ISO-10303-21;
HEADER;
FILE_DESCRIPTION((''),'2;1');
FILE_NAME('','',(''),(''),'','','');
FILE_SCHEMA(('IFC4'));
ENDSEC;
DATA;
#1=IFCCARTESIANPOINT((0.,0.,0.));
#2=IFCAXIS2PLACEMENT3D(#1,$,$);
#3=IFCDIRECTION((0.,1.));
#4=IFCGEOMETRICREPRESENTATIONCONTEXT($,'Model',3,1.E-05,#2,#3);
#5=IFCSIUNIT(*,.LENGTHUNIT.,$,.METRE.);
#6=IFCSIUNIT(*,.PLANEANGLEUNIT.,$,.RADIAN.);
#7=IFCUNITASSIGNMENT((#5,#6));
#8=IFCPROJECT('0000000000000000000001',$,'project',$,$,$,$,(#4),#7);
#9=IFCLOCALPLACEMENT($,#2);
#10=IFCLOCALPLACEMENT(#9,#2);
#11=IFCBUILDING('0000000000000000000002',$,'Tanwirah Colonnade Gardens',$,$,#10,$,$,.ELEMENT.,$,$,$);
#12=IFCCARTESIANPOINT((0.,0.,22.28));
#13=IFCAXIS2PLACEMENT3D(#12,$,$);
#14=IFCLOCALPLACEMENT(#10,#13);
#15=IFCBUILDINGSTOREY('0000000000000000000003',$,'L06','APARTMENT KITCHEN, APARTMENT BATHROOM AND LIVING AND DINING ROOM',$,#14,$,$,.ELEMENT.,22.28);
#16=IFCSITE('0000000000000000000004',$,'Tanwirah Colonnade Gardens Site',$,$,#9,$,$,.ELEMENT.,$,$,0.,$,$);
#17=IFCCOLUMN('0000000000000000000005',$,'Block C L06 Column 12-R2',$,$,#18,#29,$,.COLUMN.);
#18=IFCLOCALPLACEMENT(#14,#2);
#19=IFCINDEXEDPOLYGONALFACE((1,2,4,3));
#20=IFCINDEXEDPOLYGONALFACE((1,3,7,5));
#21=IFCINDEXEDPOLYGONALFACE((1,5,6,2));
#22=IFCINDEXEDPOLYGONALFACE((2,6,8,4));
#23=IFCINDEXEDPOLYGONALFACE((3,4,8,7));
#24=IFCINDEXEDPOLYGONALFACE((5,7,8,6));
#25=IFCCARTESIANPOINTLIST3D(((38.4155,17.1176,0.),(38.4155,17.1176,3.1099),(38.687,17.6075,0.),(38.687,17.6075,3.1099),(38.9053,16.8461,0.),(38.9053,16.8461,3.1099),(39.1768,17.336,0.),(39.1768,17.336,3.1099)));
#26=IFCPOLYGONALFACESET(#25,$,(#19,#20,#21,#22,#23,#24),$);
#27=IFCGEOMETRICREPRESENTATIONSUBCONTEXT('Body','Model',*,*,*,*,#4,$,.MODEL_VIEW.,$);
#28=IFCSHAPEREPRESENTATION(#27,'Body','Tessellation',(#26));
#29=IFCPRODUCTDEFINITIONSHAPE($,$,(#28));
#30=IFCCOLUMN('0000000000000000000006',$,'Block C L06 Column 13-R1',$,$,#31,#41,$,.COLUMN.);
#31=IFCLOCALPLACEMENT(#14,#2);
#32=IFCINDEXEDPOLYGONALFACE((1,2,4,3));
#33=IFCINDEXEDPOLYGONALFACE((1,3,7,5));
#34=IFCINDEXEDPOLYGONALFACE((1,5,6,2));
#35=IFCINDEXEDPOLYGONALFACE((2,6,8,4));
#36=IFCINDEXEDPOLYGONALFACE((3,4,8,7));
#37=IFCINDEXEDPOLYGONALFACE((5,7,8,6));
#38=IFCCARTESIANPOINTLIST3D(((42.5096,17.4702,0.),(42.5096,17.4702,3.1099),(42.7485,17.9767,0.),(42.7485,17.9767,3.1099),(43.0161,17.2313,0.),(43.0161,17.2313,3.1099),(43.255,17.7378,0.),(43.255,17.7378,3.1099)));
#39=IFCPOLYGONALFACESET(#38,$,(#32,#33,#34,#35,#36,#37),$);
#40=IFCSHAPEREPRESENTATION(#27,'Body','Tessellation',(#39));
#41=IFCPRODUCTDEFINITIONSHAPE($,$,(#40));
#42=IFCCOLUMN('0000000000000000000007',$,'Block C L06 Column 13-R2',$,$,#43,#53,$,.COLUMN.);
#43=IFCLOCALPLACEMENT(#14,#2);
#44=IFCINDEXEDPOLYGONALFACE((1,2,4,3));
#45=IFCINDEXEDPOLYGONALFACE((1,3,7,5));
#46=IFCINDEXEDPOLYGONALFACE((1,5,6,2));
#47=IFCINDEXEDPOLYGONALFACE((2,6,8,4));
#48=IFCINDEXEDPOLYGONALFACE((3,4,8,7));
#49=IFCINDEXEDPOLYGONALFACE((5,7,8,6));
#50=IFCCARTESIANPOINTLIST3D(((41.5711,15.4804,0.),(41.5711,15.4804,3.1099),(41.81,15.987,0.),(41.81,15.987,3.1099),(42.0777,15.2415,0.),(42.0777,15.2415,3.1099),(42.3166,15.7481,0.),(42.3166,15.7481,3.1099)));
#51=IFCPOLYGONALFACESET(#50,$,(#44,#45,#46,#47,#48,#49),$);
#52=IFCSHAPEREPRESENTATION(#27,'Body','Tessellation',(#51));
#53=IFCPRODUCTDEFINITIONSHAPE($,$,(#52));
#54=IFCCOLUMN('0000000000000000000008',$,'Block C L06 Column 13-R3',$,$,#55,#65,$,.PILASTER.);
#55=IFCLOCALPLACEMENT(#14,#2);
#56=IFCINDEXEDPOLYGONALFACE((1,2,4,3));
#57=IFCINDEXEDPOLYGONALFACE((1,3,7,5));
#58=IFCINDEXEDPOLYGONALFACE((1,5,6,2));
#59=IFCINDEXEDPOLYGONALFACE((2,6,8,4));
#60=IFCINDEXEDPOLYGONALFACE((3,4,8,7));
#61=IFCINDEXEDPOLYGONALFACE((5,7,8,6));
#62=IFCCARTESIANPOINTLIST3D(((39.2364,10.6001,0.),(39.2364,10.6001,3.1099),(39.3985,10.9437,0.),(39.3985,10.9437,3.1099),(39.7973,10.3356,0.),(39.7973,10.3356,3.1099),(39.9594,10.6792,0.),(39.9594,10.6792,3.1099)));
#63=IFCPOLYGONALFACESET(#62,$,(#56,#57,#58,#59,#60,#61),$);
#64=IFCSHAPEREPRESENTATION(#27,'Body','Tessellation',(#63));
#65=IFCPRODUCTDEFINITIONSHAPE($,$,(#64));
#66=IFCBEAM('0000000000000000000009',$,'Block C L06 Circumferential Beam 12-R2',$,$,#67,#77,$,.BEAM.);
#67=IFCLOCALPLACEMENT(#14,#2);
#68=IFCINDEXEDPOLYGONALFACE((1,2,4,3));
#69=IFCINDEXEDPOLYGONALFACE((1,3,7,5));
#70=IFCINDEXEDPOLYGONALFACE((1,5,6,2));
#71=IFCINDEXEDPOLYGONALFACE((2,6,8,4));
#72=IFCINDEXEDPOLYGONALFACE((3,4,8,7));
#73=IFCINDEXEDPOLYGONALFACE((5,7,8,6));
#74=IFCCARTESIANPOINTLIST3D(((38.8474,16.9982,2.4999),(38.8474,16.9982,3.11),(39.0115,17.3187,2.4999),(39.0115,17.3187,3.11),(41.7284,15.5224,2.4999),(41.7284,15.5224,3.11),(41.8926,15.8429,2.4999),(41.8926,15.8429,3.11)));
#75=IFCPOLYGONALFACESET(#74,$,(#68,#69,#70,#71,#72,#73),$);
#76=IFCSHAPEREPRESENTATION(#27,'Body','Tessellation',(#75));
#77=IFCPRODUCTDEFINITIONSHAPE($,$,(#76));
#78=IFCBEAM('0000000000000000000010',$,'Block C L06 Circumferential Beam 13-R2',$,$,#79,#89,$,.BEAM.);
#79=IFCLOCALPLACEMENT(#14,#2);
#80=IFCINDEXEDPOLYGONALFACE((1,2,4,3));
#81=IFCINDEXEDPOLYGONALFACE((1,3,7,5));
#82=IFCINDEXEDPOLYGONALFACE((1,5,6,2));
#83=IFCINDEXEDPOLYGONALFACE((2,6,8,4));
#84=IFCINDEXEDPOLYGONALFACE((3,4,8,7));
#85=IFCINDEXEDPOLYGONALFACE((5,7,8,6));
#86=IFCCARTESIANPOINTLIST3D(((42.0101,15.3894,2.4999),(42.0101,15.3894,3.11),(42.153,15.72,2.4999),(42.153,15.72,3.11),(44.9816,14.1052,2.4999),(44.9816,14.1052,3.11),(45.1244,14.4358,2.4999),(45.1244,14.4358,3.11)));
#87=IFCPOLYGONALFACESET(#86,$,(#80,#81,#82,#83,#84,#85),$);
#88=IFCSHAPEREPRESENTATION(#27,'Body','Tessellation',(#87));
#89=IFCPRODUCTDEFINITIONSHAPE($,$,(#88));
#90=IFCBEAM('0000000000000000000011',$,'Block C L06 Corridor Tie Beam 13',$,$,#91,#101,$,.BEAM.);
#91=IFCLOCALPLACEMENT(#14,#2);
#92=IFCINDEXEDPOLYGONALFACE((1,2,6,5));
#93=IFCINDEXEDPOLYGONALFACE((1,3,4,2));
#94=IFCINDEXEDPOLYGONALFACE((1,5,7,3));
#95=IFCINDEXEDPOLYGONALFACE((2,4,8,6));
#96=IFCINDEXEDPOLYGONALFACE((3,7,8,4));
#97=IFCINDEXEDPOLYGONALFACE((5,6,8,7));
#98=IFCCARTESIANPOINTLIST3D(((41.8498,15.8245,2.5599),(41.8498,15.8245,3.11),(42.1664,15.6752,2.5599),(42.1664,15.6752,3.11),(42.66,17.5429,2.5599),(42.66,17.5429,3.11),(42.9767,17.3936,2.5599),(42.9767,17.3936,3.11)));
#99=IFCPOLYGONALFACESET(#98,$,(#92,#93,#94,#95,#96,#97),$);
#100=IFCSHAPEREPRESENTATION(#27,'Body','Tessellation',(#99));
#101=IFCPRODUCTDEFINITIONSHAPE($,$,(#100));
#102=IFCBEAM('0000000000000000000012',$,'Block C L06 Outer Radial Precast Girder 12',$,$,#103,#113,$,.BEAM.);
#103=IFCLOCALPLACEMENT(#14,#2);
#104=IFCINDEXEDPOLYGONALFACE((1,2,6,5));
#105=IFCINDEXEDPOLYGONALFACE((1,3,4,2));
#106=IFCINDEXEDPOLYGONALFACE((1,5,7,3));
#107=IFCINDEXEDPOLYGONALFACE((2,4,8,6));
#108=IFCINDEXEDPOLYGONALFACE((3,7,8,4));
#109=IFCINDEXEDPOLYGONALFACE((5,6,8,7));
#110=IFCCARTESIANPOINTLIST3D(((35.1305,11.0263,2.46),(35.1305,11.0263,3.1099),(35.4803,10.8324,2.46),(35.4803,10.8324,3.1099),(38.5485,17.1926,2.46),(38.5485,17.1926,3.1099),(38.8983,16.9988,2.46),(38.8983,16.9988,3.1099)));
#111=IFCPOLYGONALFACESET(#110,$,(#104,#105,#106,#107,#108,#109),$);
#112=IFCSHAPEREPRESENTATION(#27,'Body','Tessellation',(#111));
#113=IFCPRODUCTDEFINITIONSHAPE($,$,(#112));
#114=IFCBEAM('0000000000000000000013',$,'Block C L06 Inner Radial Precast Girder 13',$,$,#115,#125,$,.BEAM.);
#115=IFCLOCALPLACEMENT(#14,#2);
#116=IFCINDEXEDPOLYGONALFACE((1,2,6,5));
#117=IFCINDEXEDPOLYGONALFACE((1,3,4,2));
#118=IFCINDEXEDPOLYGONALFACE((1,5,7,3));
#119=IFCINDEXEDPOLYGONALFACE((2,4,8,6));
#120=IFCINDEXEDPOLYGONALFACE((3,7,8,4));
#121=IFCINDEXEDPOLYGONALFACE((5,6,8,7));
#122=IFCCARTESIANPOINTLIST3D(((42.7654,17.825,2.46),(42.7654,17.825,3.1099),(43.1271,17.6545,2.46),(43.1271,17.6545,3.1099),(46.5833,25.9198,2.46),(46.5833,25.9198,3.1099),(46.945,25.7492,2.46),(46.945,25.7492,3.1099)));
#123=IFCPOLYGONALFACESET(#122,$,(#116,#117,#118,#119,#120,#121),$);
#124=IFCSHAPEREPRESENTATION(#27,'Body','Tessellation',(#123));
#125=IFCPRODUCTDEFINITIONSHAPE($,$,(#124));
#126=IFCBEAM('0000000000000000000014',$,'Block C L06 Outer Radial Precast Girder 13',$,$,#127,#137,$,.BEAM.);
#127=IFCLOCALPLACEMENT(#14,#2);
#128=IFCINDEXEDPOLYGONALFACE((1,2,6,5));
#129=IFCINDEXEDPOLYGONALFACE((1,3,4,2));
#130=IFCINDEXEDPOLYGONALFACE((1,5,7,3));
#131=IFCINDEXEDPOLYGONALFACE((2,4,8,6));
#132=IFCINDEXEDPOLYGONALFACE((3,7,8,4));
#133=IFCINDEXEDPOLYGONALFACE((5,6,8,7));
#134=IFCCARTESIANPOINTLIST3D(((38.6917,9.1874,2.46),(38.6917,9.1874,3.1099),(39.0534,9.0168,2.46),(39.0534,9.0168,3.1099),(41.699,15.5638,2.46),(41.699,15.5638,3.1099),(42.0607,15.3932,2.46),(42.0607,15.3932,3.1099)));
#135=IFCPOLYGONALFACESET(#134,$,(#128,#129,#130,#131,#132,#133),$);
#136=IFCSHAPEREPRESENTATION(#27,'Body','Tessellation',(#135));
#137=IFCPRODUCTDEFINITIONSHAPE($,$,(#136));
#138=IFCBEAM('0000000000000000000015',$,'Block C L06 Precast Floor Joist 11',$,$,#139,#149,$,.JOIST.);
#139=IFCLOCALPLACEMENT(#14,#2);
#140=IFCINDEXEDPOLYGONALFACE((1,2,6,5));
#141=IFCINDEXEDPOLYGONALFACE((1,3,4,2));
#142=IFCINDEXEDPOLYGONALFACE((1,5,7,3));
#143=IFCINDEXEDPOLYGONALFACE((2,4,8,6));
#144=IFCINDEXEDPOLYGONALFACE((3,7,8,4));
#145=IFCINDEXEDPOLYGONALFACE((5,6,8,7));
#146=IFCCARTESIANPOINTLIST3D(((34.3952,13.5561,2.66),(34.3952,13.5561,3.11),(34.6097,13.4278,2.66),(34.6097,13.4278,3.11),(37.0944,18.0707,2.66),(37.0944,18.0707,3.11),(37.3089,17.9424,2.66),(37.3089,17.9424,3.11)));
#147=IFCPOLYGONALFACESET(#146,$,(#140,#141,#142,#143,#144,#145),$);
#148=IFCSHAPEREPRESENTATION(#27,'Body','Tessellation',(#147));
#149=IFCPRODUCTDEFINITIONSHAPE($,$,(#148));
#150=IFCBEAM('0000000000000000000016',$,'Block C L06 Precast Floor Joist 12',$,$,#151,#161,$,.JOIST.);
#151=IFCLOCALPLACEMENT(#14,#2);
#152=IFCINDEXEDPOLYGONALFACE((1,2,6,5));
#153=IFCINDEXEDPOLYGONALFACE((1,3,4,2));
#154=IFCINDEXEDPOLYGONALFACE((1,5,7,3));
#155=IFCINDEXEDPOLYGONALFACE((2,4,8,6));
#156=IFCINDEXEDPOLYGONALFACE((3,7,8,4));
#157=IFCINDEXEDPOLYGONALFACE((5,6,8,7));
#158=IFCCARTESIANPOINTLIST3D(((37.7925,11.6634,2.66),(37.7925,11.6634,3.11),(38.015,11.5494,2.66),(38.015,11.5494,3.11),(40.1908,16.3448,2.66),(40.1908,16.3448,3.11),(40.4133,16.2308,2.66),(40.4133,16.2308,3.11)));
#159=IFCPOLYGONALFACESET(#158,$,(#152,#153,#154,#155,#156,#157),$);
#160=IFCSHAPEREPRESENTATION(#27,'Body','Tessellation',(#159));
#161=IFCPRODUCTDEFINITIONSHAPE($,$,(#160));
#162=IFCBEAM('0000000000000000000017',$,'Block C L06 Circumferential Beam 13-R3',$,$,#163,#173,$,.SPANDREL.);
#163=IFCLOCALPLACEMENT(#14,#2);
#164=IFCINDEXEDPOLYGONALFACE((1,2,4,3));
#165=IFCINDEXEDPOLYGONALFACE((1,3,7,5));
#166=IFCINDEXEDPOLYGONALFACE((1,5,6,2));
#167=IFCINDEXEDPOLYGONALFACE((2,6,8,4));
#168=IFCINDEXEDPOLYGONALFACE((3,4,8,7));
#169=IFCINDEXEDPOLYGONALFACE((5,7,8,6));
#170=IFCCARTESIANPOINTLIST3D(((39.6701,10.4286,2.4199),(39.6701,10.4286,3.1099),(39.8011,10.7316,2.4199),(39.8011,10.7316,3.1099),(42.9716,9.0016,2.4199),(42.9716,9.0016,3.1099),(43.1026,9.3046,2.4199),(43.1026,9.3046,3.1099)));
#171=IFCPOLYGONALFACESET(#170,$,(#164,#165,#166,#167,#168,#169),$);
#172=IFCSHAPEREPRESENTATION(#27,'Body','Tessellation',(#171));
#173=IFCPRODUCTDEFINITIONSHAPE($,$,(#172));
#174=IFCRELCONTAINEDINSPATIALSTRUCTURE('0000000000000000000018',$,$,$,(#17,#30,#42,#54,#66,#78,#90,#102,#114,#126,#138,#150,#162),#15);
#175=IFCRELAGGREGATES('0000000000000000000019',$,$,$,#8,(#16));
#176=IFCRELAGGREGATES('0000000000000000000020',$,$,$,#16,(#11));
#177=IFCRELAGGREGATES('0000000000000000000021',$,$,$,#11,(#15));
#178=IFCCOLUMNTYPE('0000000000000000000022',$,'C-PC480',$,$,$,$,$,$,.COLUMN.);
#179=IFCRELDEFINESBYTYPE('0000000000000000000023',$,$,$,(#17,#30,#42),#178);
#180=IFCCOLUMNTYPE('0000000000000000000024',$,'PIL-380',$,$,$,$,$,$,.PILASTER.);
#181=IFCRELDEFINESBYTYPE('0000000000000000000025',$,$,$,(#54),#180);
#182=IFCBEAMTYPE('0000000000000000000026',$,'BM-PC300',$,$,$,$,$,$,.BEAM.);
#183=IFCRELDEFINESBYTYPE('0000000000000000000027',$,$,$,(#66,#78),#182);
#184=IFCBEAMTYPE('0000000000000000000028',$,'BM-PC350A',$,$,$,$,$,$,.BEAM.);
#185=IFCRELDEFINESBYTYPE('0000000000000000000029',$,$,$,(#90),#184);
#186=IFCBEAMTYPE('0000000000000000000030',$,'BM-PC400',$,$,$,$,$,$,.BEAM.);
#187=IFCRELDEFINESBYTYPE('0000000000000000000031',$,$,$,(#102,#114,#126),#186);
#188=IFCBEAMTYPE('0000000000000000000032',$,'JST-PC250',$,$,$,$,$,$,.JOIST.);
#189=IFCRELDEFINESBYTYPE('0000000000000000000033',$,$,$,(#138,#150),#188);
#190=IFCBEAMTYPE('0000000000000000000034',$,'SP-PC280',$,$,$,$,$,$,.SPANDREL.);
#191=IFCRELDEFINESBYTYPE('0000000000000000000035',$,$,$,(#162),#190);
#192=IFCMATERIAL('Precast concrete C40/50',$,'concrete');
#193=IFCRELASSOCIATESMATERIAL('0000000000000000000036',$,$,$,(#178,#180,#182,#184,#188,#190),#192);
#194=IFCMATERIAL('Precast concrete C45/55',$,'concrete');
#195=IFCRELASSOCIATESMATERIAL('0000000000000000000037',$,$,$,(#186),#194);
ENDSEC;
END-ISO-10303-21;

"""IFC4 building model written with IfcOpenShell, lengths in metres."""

from ifc_helpers import new_model, si_unit, direction, frame, origin, origin_2d, place, context, subcontext, project, spatial, rectangle, extrude, material, material_profile, profile_set, type_object, element, save


model = new_model("IFC4")

# Units and contexts
model_context = context("Model", 3, precision=1e-05, world=origin(), true_north=direction((0.0, 1.0)))
body_context = subcontext(model_context, "Body", "Model", "MODEL_VIEW")
ifc_project = project(units=[si_unit("LENGTHUNIT", "METRE"), si_unit("PLANEANGLEUNIT", "RADIAN")], contexts=[model_context])

# Site, building, storey
site_placement = place(None, origin())
site = spatial("IfcSite", under=ifc_project, at=site_placement, Name="Tanwirah Colonnade Gardens Site", CompositionType="ELEMENT", RefElevation=0.0)
building_placement = place(site_placement, origin())
building = spatial("IfcBuilding", under=site, at=building_placement, Name="Tanwirah Colonnade Gardens", CompositionType="ELEMENT")
storey_placement = place(building_placement, frame((0.0, 0.0, 22.28)))
storey = spatial("IfcBuildingStorey", under=building, at=storey_placement, Name="L06", Description="APARTMENT KITCHEN, APARTMENT BATHROOM AND LIVING AND DINING ROOM", CompositionType="ELEMENT", Elevation=22.28)

# Columns
ifc_material_1 = material(Name="Precast concrete C40/50", Category="concrete")
ifc_material_profile_1 = material_profile(ifc_material_1, rectangle(XDim=0.5601, YDim=0.5601, at=origin_2d()), Name="PC-COL 560x560")
ifc_profile_set_1 = profile_set([ifc_material_profile_1], Name="Precast concrete C40/50")
column_type_1 = type_object("IfcColumnType", Name="C-PC480", PredefinedType="COLUMN", material=ifc_profile_set_1)
for number, where, z_axis, x_axis, name in (
    (1, (38.7961, 17.2268, 0.0), (0.0, 0.0, 1.0), (-0.48481, -0.87462, 0.0), "Block C L06 Column 12-R2"),
    (2, (42.8823, 17.604, 0.0), (0.0, 0.0, 1.0), (-0.426569, -0.904455, 0.0), "Block C L06 Column 13-R1"),
    (3, (41.9438, 15.6143, 0.0), (0.0, 0.0, 1.0), (-0.426569, -0.904455, 0.0), "Block C L06 Column 13-R2"),
):
    element("IfcColumn", number, at=place(storey_placement, frame(where, z_axis=z_axis, x_axis=x_axis)), inside=storey, type_object=column_type_1, Name=name, PredefinedType="COLUMN", context=body_context, shape_type="SweptSolid", body=[
        extrude(rectangle(XDim=0.5601, YDim=0.5601, at=origin_2d()), origin(), (0.0, 0.0, 1.0), 3.1099),
    ])
ifc_material_profile_2 = material_profile(ifc_material_1, rectangle(XDim=0.3799, YDim=0.6201, at=origin_2d()), Name="PC-PIL 380x620")
ifc_profile_set_2 = profile_set([ifc_material_profile_2], Name="Precast concrete C40/50")
column_type_2 = type_object("IfcColumnType", Name="PIL-380", PredefinedType="PILASTER", material=ifc_profile_set_2)
column_placement = place(storey_placement, frame((39.5979, 10.6396, 0.0), z_axis=(0.0, 0.0, 1.0), x_axis=(-0.426569, -0.904455, 0.0)))
element("IfcColumn", 4, at=column_placement, inside=storey, type_object=column_type_2, Name="Block C L06 Column 13-R3", PredefinedType="PILASTER", context=body_context, shape_type="SweptSolid", body=[
    extrude(rectangle(XDim=0.3799, YDim=0.6201, at=origin_2d()), origin(), (0.0, 0.0, 1.0), 3.1099),
])

# Beams
ifc_material_profile_3 = material_profile(ifc_material_1, rectangle(XDim=0.3601, YDim=0.6101, at=origin_2d()), Name="PC-BM 360x610")
ifc_profile_set_3 = profile_set([ifc_material_profile_3], Name="Precast concrete C40/50")
beam_type_1 = type_object("IfcBeamType", Name="BM-PC300", PredefinedType="BEAM", material=ifc_profile_set_3)
for number, where, z_axis, x_axis, name in (
    (5, (38.9294, 17.1584, 2.8049), (0.890025, -0.455911, 0.0), (0.455911, 0.890025, 0.0), "Block C L06 Circumferential Beam 12-R2"),
    (6, (42.0815, 15.5547, 2.8049), (0.917943, -0.396712, 0.0), (0.396712, 0.917943, 0.0), "Block C L06 Circumferential Beam 13-R2"),
):
    element("IfcBeam", number, at=place(storey_placement, frame(where, z_axis=z_axis, x_axis=x_axis)), inside=storey, type_object=beam_type_1, Name=name, PredefinedType="BEAM", context=body_context, shape_type="SweptSolid", body=[
        extrude(rectangle(XDim=0.3601, YDim=0.6101, at=origin_2d()), origin(), (0.0, 0.0, 1.0), 3.2371),
    ])
ifc_material_profile_4 = material_profile(ifc_material_1, rectangle(XDim=0.3501, YDim=0.55, at=origin_2d()), Name="PC-BM 350x550")
ifc_profile_set_4 = profile_set([ifc_material_profile_4], Name="Precast concrete C40/50")
beam_type_2 = type_object("IfcBeamType", Name="BM-PC350A", PredefinedType="BEAM", material=ifc_profile_set_4)
beam_1_placement = place(storey_placement, frame((42.8184, 17.4683, 2.835), z_axis=(-0.426484, -0.904495, 0.0), x_axis=(0.904495, -0.426484, 0.0)))
element("IfcBeam", 7, at=beam_1_placement, inside=storey, type_object=beam_type_2, Name="Block C L06 Corridor Tie Beam 13", PredefinedType="BEAM", context=body_context, shape_type="SweptSolid", body=[
    extrude(rectangle(XDim=0.3501, YDim=0.55, at=origin_2d()), origin(), (0.0, 0.0, 1.0), 1.8999),
])
ifc_material_2 = material(Name="Precast concrete C45/55", Category="concrete")
ifc_material_profile_5 = material_profile(ifc_material_2, rectangle(XDim=0.3999, YDim=0.6499, at=origin_2d()), Name="PC-BM 400x650")
ifc_profile_set_5 = profile_set([ifc_material_profile_5], Name="Precast concrete C45/55")
beam_type_3 = type_object("IfcBeamType", Name="BM-PC400", PredefinedType="BEAM", material=ifc_profile_set_5)
beam_2_placement = place(storey_placement, frame((38.7234, 17.0957, 2.7849), z_axis=(-0.484805, -0.874622, 0.0), x_axis=(0.874622, -0.484805, 0.0)))
element("IfcBeam", 8, at=beam_2_placement, inside=storey, type_object=beam_type_3, Name="Block C L06 Outer Radial Precast Girder 12", PredefinedType="BEAM", context=body_context, shape_type="SweptSolid", body=[
    extrude(rectangle(XDim=0.3999, YDim=0.6499, at=origin_2d()), origin(), (0.0, 0.0, 1.0), 7.0503),
])
beam_3_placement = place(storey_placement, frame((42.9463, 17.7397, 2.7849), z_axis=(0.426582, 0.904449, 0.0), x_axis=(-0.904449, 0.426582, 0.0)))
element("IfcBeam", 9, at=beam_3_placement, inside=storey, type_object=beam_type_3, Name="Block C L06 Inner Radial Precast Girder 13", PredefinedType="BEAM", context=body_context, shape_type="SweptSolid", body=[
    extrude(rectangle(XDim=0.3999, YDim=0.6499, at=origin_2d()), origin(), (0.0, 0.0, 1.0), 8.95),
])
beam_4_placement = place(storey_placement, frame((41.8799, 15.4785, 2.7849), z_axis=(-0.426567, -0.904456, 0.0), x_axis=(0.904456, -0.426567, 0.0)))
element("IfcBeam", 10, at=beam_4_placement, inside=storey, type_object=beam_type_3, Name="Block C L06 Outer Radial Precast Girder 13", PredefinedType="BEAM", context=body_context, shape_type="SweptSolid", body=[
    extrude(rectangle(XDim=0.3999, YDim=0.6499, at=origin_2d()), origin(), (0.0, 0.0, 1.0), 7.05),
])
ifc_material_profile_6 = material_profile(ifc_material_1, rectangle(XDim=0.25, YDim=0.45, at=origin_2d()), Name="PC-JST 250x450")
ifc_profile_set_6 = profile_set([ifc_material_profile_6], Name="Precast concrete C40/50")
beam_type_4 = type_object("IfcBeamType", Name="JST-PC250", PredefinedType="JOIST", material=ifc_profile_set_6)
for number, where, z_axis, x_axis, name in (
    (11, (37.2017, 18.0066, 2.885), (-0.513157, -0.858295, 0.0), (0.858295, -0.513157, 0.0), "Block C L06 Precast Floor Joist 11"),
    (12, (40.302, 16.2878, 2.885), (-0.455937, -0.890012, 0.0), (0.890012, -0.455937, 0.0), "Block C L06 Precast Floor Joist 12"),
):
    element("IfcBeam", number, at=place(storey_placement, frame(where, z_axis=z_axis, x_axis=x_axis)), inside=storey, type_object=beam_type_4, Name=name, PredefinedType="JOIST", context=body_context, shape_type="SweptSolid", body=[
        extrude(rectangle(XDim=0.25, YDim=0.45, at=origin_2d()), origin(), (0.0, 0.0, 1.0), 5.26),
    ])
ifc_material_profile_7 = material_profile(ifc_material_1, rectangle(XDim=0.3301, YDim=0.6899, at=origin_2d()), Name="PC-SP 330x690")
ifc_profile_set_7 = profile_set([ifc_material_profile_7], Name="Precast concrete C40/50")
beam_type_5 = type_object("IfcBeamType", Name="SP-PC280", PredefinedType="SPANDREL", material=ifc_profile_set_7)
beam_5_placement = place(storey_placement, frame((39.7356, 10.5801, 2.7649), z_axis=(0.917926, -0.396752, 0.0), x_axis=(0.396752, 0.917926, 0.0)))
element("IfcBeam", 13, at=beam_5_placement, inside=storey, type_object=beam_type_5, Name="Block C L06 Circumferential Beam 13-R3", PredefinedType="SPANDREL", context=body_context, shape_type="SweptSolid", body=[
    extrude(rectangle(XDim=0.3301, YDim=0.6899, at=origin_2d()), origin(), (0.0, 0.0, 1.0), 3.5967),
])

save(model, "model.ifc")
